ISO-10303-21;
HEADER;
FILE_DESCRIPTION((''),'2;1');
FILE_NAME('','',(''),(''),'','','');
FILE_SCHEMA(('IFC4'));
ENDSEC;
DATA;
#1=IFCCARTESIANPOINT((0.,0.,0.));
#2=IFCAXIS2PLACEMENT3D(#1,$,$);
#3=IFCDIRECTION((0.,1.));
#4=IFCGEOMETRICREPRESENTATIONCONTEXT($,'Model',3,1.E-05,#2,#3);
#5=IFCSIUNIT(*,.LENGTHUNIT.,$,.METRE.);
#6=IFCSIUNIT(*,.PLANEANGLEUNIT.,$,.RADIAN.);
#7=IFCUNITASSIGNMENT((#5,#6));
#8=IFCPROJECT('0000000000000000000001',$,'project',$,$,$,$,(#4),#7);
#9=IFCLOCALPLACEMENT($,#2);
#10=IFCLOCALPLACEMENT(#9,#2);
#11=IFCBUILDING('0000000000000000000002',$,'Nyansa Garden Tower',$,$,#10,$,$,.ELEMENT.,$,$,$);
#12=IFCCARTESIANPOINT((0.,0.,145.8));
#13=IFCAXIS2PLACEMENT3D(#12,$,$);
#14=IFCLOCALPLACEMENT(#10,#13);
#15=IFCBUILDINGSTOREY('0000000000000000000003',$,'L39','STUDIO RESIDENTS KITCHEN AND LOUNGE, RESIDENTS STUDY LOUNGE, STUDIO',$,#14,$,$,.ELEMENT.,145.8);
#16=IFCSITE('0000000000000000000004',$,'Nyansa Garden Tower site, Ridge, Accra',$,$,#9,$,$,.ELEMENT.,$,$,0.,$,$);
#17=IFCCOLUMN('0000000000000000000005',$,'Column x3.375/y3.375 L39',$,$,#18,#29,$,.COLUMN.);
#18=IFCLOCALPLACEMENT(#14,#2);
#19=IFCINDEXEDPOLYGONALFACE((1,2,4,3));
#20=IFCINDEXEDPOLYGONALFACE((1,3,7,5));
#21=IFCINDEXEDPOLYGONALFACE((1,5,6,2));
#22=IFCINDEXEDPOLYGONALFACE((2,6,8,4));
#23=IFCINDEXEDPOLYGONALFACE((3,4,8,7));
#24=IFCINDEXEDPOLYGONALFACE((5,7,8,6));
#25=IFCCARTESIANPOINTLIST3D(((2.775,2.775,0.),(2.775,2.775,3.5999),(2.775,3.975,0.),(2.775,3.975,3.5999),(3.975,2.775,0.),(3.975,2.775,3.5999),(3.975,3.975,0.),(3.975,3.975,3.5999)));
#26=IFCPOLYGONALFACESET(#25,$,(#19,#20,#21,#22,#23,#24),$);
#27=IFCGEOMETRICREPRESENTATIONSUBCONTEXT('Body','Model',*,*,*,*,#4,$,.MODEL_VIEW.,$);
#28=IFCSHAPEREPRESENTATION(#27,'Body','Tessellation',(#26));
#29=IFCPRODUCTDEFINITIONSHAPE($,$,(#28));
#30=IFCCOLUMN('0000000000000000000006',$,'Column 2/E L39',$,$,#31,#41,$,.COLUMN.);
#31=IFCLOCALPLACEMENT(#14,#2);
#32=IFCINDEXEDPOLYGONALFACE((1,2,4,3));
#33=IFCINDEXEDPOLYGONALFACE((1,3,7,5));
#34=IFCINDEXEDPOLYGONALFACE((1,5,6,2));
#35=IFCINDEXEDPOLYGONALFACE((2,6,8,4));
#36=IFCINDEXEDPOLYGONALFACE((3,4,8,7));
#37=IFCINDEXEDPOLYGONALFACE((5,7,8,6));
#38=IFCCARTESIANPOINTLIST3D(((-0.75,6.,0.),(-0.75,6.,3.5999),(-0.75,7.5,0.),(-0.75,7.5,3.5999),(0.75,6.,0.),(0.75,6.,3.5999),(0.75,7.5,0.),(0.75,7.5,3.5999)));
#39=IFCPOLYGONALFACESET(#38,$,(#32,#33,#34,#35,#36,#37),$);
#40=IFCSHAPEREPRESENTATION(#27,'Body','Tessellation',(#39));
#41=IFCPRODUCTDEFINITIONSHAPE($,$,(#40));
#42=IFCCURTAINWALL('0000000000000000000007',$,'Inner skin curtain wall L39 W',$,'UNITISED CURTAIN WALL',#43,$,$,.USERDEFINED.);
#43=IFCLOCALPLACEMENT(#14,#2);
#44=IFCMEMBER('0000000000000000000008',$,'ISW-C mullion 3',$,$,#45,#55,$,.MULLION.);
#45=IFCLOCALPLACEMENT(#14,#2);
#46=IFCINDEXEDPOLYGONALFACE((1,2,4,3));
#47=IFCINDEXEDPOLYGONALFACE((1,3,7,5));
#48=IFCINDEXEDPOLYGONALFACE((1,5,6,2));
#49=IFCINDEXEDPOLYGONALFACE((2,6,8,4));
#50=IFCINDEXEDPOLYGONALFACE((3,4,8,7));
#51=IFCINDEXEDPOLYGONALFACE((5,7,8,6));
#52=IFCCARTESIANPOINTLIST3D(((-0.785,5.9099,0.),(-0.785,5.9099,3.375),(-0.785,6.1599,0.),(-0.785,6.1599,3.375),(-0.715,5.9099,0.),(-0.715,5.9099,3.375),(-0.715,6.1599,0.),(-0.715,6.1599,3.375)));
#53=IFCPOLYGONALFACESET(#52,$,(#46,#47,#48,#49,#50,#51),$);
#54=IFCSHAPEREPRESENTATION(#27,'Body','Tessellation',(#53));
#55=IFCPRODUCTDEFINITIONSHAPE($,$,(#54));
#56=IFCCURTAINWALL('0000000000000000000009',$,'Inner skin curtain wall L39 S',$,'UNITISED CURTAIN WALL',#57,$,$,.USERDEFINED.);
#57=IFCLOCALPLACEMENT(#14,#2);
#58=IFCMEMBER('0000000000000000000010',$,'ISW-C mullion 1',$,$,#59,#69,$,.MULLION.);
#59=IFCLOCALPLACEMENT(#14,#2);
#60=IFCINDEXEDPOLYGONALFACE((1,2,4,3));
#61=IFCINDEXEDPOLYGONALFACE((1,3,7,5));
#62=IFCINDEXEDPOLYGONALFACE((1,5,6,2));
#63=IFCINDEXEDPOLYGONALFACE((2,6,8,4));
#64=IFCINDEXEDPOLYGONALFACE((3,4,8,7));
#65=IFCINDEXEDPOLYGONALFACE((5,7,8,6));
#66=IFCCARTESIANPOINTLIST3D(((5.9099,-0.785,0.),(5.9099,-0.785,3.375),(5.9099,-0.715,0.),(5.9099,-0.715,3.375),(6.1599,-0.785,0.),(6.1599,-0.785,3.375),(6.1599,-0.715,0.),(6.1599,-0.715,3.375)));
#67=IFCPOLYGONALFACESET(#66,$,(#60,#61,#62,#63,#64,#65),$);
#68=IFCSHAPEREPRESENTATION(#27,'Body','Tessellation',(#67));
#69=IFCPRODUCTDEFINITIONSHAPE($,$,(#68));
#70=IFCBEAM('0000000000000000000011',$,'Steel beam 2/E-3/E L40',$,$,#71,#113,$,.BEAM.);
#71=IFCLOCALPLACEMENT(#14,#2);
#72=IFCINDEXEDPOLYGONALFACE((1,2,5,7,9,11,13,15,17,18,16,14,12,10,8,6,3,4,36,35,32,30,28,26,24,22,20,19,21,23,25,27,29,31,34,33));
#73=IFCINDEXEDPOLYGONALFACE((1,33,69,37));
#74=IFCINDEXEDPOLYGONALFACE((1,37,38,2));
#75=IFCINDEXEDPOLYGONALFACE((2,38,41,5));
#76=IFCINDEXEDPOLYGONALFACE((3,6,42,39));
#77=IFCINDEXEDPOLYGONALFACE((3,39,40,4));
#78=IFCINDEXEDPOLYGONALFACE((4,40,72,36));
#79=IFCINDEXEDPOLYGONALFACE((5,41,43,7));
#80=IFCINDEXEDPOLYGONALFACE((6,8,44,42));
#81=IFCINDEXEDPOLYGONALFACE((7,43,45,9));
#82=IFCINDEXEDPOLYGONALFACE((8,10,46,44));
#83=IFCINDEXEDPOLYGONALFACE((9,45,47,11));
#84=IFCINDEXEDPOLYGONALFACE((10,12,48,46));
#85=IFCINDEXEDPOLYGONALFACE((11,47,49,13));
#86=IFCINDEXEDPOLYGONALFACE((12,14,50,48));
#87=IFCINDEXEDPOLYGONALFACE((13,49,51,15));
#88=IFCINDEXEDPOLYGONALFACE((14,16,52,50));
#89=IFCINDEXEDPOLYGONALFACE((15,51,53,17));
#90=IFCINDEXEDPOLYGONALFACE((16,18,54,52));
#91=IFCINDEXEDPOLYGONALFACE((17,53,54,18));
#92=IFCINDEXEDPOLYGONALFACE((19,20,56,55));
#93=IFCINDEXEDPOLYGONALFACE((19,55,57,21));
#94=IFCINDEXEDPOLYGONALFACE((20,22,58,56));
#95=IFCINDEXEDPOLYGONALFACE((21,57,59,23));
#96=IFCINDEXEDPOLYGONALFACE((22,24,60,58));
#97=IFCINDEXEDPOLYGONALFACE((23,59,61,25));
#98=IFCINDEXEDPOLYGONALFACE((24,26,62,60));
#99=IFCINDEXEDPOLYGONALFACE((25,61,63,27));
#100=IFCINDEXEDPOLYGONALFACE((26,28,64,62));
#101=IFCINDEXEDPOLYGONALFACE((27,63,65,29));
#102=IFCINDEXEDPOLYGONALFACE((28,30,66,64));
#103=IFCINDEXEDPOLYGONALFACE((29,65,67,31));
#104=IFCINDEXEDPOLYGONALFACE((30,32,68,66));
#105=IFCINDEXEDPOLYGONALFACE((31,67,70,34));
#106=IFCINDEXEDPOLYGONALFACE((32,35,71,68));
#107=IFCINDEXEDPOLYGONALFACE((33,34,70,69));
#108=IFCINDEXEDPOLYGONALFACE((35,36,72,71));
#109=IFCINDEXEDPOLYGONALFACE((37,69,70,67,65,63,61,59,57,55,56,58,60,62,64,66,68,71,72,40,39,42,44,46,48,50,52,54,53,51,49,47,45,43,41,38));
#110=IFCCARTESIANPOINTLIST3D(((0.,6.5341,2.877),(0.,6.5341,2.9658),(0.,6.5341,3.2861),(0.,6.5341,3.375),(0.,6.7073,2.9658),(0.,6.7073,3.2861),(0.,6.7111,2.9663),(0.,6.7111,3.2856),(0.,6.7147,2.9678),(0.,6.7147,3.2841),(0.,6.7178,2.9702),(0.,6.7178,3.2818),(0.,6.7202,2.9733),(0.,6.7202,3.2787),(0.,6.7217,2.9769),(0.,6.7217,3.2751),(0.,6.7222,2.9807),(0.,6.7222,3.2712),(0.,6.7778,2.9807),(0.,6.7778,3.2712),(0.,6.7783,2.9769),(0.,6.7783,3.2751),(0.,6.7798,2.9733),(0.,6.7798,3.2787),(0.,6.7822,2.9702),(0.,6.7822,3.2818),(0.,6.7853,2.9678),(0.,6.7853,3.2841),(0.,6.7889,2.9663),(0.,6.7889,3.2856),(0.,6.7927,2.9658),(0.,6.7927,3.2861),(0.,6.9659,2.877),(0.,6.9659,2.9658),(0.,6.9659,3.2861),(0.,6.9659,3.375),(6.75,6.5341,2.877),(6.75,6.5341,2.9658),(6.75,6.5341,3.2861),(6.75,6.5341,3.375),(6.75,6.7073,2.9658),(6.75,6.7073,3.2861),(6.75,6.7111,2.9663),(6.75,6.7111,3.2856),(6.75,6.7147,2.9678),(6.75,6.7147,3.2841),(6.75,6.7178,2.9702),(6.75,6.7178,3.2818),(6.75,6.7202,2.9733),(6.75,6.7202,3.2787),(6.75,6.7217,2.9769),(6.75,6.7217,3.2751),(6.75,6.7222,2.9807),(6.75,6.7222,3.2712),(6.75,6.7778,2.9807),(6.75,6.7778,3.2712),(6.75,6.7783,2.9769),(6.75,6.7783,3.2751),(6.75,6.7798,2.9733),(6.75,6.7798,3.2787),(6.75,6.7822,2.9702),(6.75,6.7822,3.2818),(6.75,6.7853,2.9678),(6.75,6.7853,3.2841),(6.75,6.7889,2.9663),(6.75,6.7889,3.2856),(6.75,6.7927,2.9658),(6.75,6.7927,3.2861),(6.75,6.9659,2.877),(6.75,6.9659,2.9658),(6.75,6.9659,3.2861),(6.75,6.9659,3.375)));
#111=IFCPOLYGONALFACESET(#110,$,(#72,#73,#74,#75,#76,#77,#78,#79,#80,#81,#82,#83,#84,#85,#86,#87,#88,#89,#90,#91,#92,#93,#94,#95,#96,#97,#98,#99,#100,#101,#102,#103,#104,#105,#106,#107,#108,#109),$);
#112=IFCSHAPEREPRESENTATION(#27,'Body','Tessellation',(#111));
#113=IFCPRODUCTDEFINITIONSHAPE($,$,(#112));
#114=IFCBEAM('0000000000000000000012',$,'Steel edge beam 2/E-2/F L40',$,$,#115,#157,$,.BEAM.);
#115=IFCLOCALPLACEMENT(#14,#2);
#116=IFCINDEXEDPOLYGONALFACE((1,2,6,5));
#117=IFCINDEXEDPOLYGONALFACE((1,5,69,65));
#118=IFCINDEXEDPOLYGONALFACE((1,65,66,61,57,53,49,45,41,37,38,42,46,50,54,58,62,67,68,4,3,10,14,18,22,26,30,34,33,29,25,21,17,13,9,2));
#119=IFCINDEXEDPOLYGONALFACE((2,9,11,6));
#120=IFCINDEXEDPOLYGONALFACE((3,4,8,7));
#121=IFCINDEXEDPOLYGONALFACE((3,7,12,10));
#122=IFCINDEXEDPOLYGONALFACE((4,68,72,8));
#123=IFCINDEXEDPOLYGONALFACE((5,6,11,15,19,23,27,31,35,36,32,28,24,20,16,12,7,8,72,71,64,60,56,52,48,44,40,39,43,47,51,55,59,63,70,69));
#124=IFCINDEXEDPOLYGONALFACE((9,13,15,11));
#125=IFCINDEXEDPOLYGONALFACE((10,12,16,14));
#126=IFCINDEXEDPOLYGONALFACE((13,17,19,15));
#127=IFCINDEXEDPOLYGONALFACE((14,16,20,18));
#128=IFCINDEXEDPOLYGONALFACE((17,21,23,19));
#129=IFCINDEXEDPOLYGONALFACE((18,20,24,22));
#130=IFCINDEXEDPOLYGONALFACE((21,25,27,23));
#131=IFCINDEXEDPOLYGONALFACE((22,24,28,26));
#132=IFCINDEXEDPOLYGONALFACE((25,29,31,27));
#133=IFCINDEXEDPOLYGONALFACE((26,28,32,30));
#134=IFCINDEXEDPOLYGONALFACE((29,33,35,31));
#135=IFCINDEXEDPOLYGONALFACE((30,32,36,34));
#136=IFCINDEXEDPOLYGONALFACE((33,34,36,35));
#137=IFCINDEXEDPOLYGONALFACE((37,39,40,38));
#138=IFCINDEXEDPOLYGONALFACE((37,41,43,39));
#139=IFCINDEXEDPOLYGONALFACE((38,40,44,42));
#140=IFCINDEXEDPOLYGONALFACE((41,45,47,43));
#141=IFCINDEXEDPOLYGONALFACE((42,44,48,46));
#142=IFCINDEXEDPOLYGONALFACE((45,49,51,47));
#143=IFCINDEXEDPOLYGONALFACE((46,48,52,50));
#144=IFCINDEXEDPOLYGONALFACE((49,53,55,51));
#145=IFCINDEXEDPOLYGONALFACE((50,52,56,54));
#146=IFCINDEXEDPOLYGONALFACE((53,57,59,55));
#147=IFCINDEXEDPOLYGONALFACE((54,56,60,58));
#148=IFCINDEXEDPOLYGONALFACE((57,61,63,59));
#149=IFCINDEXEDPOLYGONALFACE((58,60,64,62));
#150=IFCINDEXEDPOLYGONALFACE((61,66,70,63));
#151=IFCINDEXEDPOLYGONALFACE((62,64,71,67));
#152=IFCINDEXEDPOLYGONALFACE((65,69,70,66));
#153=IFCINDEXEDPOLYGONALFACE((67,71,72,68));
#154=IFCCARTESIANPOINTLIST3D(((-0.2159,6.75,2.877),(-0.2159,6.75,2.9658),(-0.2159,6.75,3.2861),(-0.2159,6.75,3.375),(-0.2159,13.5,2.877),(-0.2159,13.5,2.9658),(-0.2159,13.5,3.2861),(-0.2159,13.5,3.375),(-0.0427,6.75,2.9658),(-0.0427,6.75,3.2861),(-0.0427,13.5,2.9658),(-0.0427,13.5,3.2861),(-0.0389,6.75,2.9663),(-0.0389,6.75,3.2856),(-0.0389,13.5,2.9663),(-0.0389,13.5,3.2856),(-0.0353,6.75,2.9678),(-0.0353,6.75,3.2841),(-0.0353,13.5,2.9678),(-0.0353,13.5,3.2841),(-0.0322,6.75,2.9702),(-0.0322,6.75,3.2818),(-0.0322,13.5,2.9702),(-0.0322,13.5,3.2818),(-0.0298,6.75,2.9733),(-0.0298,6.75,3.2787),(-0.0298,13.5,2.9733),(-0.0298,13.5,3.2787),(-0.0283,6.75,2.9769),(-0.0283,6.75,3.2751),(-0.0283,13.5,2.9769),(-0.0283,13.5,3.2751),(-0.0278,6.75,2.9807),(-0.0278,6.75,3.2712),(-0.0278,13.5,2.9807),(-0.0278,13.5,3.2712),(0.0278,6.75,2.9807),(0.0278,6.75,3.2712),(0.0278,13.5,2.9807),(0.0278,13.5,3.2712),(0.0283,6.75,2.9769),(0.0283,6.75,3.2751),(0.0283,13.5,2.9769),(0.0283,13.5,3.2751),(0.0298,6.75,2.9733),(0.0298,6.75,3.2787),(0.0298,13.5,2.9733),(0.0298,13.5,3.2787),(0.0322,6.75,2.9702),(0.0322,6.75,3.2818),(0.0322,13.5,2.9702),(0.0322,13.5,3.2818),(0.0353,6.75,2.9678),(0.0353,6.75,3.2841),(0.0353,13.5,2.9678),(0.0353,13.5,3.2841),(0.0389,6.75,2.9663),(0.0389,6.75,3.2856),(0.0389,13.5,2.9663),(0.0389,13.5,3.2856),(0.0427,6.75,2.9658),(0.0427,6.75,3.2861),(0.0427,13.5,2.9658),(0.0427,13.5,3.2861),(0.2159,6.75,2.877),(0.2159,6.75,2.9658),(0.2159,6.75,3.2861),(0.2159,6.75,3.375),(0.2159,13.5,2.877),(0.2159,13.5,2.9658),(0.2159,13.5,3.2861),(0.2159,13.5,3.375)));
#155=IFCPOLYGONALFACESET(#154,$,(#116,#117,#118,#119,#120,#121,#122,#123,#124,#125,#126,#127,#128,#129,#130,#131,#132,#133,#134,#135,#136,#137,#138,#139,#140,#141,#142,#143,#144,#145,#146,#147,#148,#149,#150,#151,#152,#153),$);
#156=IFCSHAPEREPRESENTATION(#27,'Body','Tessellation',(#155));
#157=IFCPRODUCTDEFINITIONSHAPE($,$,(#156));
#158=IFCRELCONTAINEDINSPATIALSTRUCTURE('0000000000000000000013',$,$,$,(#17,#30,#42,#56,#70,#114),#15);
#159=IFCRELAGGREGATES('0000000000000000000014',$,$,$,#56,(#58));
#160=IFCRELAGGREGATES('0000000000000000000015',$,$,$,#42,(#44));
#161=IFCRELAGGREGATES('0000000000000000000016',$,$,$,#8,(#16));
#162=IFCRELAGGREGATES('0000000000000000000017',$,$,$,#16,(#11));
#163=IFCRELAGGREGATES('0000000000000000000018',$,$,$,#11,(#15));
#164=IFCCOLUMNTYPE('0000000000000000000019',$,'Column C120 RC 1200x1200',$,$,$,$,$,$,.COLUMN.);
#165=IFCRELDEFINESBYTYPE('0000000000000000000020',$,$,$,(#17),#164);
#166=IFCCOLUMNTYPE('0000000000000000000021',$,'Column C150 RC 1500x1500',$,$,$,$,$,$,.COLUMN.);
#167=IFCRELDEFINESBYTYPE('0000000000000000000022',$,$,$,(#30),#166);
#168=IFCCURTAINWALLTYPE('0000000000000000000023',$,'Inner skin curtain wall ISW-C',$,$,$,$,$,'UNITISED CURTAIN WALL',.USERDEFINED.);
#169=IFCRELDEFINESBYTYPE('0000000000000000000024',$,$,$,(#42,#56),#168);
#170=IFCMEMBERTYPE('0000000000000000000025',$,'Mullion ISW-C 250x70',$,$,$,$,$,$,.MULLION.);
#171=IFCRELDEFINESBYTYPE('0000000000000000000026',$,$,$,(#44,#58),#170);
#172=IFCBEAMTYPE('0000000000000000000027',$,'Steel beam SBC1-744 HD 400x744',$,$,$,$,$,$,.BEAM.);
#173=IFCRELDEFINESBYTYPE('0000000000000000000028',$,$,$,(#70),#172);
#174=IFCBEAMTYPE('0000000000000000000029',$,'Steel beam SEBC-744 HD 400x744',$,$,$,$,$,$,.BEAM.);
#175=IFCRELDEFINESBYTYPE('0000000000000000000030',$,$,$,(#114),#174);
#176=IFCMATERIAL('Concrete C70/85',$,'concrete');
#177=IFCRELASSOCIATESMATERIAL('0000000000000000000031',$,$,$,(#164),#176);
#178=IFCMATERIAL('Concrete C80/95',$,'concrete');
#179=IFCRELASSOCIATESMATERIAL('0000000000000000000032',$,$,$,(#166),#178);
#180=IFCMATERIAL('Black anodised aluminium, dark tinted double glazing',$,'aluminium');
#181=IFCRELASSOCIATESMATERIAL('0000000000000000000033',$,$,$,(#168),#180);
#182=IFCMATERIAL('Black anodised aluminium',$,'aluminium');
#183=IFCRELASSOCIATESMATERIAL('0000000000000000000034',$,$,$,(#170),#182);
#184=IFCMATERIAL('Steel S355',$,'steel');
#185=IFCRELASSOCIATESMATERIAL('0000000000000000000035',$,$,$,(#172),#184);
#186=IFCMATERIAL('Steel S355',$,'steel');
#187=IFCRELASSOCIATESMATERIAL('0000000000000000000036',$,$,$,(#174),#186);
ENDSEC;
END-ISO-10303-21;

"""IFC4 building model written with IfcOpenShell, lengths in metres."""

from ifc_helpers import new_model, si_unit, direction, frame, origin, origin_2d, place, context, subcontext, project, spatial, rectangle, i_section, extrude, material, material_profile, profile_set, type_object, element, aggregate, save


model = new_model("IFC4")

# Units and contexts
model_context = context("Model", 3, precision=1e-05, world=origin(), true_north=direction((0.0, 1.0)))
body_context = subcontext(model_context, "Body", "Model", "MODEL_VIEW")
ifc_project = project(units=[si_unit("LENGTHUNIT", "METRE"), si_unit("PLANEANGLEUNIT", "RADIAN")], contexts=[model_context])

# Site, building, storey
site_placement = place(None, origin())
site = spatial("IfcSite", under=ifc_project, at=site_placement, Name="Nyansa Garden Tower site, Ridge, Accra", CompositionType="ELEMENT", RefElevation=0.0)
building_placement = place(site_placement, origin())
building = spatial("IfcBuilding", under=site, at=building_placement, Name="Nyansa Garden Tower", CompositionType="ELEMENT")
storey_placement = place(building_placement, frame((0.0, 0.0, 145.8)))
storey = spatial("IfcBuildingStorey", under=building, at=storey_placement, Name="L39", Description="STUDIO RESIDENTS KITCHEN AND LOUNGE, RESIDENTS STUDY LOUNGE, STUDIO", CompositionType="ELEMENT", Elevation=145.8)

# Columns
ifc_material_1 = material(Name="Concrete C70/85", Category="concrete")
ifc_material_profile_1 = material_profile(ifc_material_1, rectangle(XDim=1.2, YDim=1.2, at=origin_2d()), Name="RC 1200x1200")
ifc_profile_set_1 = profile_set([ifc_material_profile_1], Name="Concrete C70/85")
column_type_1 = type_object("IfcColumnType", Name="Column C120 RC 1200x1200", PredefinedType="COLUMN", material=ifc_profile_set_1)
column_1_placement = place(storey_placement, frame((3.375, 3.375, 0.0), z_axis=(0.0, 0.0, 1.0), x_axis=(1.0, 0.0, 0.0)))
element("IfcColumn", 1, at=column_1_placement, inside=storey, type_object=column_type_1, Name="Column x3.375/y3.375 L39", PredefinedType="COLUMN", context=body_context, shape_type="SweptSolid", body=[
    extrude(rectangle(XDim=1.2, YDim=1.2, at=origin_2d()), origin(), (0.0, 0.0, 1.0), 3.5999),
])
ifc_material_2 = material(Name="Concrete C80/95", Category="concrete")
ifc_material_profile_2 = material_profile(ifc_material_2, rectangle(XDim=1.5, YDim=1.5, at=origin_2d()), Name="RC 1500x1500")
ifc_profile_set_2 = profile_set([ifc_material_profile_2], Name="Concrete C80/95")
column_type_2 = type_object("IfcColumnType", Name="Column C150 RC 1500x1500", PredefinedType="COLUMN", material=ifc_profile_set_2)
column_2_placement = place(storey_placement, frame((0.0, 6.75, 0.0), z_axis=(0.0, 0.0, 1.0), x_axis=(1.0, 0.0, 0.0)))
element("IfcColumn", 2, at=column_2_placement, inside=storey, type_object=column_type_2, Name="Column 2/E L39", PredefinedType="COLUMN", context=body_context, shape_type="SweptSolid", body=[
    extrude(rectangle(XDim=1.5, YDim=1.5, at=origin_2d()), origin(), (0.0, 0.0, 1.0), 3.5999),
])

# Curtain walls, members
ifc_material_3 = material(Name="Black anodised aluminium, dark tinted double glazing", Category="aluminium")
curtain_wall_type = type_object("IfcCurtainWallType", Name="Inner skin curtain wall ISW-C", ElementType="UNITISED CURTAIN WALL", PredefinedType="USERDEFINED", material=ifc_material_3)
curtain_wall_1_placement = place(storey_placement, origin())
curtain_wall_1 = element("IfcCurtainWall", 3, at=curtain_wall_1_placement, inside=storey, type_object=curtain_wall_type, Name="Inner skin curtain wall L39 W", ObjectType="UNITISED CURTAIN WALL", PredefinedType="USERDEFINED")
ifc_material_4 = material(Name="Black anodised aluminium", Category="aluminium")
ifc_material_profile_3 = material_profile(ifc_material_4, rectangle(XDim=0.0701, YDim=0.25, at=origin_2d()), Name="Mullion 250x70")
ifc_profile_set_3 = profile_set([ifc_material_profile_3], Name="Black anodised aluminium")
member_type_1 = type_object("IfcMemberType", Name="Mullion ISW-C 250x70", PredefinedType="MULLION", material=ifc_profile_set_3)
member_1_placement = place(storey_placement, frame((-0.75, 6.0349, 0.0), z_axis=(0.0, 0.0, 1.0), x_axis=(1.0, 0.0, 0.0)))
member_1 = element("IfcMember", 4, at=member_1_placement, type_object=member_type_1, Name="ISW-C mullion 3", PredefinedType="MULLION", context=body_context, shape_type="SweptSolid", body=[
    extrude(rectangle(XDim=0.0701, YDim=0.25, at=origin_2d()), origin(), (0.0, 0.0, 1.0), 3.375),
])
curtain_wall_2_placement = place(storey_placement, origin())
curtain_wall_2 = element("IfcCurtainWall", 5, at=curtain_wall_2_placement, inside=storey, type_object=curtain_wall_type, Name="Inner skin curtain wall L39 S", ObjectType="UNITISED CURTAIN WALL", PredefinedType="USERDEFINED")
member_2_placement = place(storey_placement, frame((6.0349, -0.75, 0.0), z_axis=(0.0, 0.0, 1.0), x_axis=(0.0, 1.0, 0.0)))
member_2 = element("IfcMember", 6, at=member_2_placement, type_object=member_type_1, Name="ISW-C mullion 1", PredefinedType="MULLION", context=body_context, shape_type="SweptSolid", body=[
    extrude(rectangle(XDim=0.0701, YDim=0.25, at=origin_2d()), origin(), (0.0, 0.0, 1.0), 3.375),
])

# Beams
ifc_material_5 = material(Name="Steel S355", Category="steel")
ifc_material_profile_4 = material_profile(ifc_material_5, i_section(OverallWidth=0.4319, OverallDepth=0.498, WebThickness=0.0557, FlangeThickness=0.0889, FilletRadius=0.0149, at=origin_2d()), Name="HD 400x744")
ifc_profile_set_4 = profile_set([ifc_material_profile_4], Name="Steel S355")
beam_type_1 = type_object("IfcBeamType", Name="Steel beam SBC1-744 HD 400x744", PredefinedType="BEAM", material=ifc_profile_set_4)
beam_1_placement = place(storey_placement, frame((0.0, 6.75, 3.126), z_axis=(1.0, 0.0, 0.0), x_axis=(0.0, 1.0, 0.0)))
element("IfcBeam", 7, at=beam_1_placement, inside=storey, type_object=beam_type_1, Name="Steel beam 2/E-3/E L40", PredefinedType="BEAM", context=body_context, shape_type="SweptSolid", body=[
    extrude(i_section(OverallWidth=0.4319, OverallDepth=0.498, WebThickness=0.0557, FlangeThickness=0.0889, FilletRadius=0.0149, at=origin_2d()), origin(), (0.0, 0.0, 1.0), 6.75),
])
ifc_material_6 = material(Name="Steel S355", Category="steel")
ifc_material_profile_5 = material_profile(ifc_material_6, i_section(OverallWidth=0.4319, OverallDepth=0.498, WebThickness=0.0557, FlangeThickness=0.0889, FilletRadius=0.0149, at=origin_2d()), Name="HD 400x744")
ifc_profile_set_5 = profile_set([ifc_material_profile_5], Name="Steel S355")
beam_type_2 = type_object("IfcBeamType", Name="Steel beam SEBC-744 HD 400x744", PredefinedType="BEAM", material=ifc_profile_set_5)
beam_2_placement = place(storey_placement, frame((0.0, 6.75, 3.126), z_axis=(0.0, 1.0, 0.0), x_axis=(-1.0, 0.0, 0.0)))
element("IfcBeam", 8, at=beam_2_placement, inside=storey, type_object=beam_type_2, Name="Steel edge beam 2/E-2/F L40", PredefinedType="BEAM", context=body_context, shape_type="SweptSolid", body=[
    extrude(i_section(OverallWidth=0.4319, OverallDepth=0.498, WebThickness=0.0557, FlangeThickness=0.0889, FilletRadius=0.0149, at=origin_2d()), origin(), (0.0, 0.0, 1.0), 6.75),
])

aggregate(curtain_wall_2, [member_2])

aggregate(curtain_wall_1, [member_1])

save(model, "model.ifc")
